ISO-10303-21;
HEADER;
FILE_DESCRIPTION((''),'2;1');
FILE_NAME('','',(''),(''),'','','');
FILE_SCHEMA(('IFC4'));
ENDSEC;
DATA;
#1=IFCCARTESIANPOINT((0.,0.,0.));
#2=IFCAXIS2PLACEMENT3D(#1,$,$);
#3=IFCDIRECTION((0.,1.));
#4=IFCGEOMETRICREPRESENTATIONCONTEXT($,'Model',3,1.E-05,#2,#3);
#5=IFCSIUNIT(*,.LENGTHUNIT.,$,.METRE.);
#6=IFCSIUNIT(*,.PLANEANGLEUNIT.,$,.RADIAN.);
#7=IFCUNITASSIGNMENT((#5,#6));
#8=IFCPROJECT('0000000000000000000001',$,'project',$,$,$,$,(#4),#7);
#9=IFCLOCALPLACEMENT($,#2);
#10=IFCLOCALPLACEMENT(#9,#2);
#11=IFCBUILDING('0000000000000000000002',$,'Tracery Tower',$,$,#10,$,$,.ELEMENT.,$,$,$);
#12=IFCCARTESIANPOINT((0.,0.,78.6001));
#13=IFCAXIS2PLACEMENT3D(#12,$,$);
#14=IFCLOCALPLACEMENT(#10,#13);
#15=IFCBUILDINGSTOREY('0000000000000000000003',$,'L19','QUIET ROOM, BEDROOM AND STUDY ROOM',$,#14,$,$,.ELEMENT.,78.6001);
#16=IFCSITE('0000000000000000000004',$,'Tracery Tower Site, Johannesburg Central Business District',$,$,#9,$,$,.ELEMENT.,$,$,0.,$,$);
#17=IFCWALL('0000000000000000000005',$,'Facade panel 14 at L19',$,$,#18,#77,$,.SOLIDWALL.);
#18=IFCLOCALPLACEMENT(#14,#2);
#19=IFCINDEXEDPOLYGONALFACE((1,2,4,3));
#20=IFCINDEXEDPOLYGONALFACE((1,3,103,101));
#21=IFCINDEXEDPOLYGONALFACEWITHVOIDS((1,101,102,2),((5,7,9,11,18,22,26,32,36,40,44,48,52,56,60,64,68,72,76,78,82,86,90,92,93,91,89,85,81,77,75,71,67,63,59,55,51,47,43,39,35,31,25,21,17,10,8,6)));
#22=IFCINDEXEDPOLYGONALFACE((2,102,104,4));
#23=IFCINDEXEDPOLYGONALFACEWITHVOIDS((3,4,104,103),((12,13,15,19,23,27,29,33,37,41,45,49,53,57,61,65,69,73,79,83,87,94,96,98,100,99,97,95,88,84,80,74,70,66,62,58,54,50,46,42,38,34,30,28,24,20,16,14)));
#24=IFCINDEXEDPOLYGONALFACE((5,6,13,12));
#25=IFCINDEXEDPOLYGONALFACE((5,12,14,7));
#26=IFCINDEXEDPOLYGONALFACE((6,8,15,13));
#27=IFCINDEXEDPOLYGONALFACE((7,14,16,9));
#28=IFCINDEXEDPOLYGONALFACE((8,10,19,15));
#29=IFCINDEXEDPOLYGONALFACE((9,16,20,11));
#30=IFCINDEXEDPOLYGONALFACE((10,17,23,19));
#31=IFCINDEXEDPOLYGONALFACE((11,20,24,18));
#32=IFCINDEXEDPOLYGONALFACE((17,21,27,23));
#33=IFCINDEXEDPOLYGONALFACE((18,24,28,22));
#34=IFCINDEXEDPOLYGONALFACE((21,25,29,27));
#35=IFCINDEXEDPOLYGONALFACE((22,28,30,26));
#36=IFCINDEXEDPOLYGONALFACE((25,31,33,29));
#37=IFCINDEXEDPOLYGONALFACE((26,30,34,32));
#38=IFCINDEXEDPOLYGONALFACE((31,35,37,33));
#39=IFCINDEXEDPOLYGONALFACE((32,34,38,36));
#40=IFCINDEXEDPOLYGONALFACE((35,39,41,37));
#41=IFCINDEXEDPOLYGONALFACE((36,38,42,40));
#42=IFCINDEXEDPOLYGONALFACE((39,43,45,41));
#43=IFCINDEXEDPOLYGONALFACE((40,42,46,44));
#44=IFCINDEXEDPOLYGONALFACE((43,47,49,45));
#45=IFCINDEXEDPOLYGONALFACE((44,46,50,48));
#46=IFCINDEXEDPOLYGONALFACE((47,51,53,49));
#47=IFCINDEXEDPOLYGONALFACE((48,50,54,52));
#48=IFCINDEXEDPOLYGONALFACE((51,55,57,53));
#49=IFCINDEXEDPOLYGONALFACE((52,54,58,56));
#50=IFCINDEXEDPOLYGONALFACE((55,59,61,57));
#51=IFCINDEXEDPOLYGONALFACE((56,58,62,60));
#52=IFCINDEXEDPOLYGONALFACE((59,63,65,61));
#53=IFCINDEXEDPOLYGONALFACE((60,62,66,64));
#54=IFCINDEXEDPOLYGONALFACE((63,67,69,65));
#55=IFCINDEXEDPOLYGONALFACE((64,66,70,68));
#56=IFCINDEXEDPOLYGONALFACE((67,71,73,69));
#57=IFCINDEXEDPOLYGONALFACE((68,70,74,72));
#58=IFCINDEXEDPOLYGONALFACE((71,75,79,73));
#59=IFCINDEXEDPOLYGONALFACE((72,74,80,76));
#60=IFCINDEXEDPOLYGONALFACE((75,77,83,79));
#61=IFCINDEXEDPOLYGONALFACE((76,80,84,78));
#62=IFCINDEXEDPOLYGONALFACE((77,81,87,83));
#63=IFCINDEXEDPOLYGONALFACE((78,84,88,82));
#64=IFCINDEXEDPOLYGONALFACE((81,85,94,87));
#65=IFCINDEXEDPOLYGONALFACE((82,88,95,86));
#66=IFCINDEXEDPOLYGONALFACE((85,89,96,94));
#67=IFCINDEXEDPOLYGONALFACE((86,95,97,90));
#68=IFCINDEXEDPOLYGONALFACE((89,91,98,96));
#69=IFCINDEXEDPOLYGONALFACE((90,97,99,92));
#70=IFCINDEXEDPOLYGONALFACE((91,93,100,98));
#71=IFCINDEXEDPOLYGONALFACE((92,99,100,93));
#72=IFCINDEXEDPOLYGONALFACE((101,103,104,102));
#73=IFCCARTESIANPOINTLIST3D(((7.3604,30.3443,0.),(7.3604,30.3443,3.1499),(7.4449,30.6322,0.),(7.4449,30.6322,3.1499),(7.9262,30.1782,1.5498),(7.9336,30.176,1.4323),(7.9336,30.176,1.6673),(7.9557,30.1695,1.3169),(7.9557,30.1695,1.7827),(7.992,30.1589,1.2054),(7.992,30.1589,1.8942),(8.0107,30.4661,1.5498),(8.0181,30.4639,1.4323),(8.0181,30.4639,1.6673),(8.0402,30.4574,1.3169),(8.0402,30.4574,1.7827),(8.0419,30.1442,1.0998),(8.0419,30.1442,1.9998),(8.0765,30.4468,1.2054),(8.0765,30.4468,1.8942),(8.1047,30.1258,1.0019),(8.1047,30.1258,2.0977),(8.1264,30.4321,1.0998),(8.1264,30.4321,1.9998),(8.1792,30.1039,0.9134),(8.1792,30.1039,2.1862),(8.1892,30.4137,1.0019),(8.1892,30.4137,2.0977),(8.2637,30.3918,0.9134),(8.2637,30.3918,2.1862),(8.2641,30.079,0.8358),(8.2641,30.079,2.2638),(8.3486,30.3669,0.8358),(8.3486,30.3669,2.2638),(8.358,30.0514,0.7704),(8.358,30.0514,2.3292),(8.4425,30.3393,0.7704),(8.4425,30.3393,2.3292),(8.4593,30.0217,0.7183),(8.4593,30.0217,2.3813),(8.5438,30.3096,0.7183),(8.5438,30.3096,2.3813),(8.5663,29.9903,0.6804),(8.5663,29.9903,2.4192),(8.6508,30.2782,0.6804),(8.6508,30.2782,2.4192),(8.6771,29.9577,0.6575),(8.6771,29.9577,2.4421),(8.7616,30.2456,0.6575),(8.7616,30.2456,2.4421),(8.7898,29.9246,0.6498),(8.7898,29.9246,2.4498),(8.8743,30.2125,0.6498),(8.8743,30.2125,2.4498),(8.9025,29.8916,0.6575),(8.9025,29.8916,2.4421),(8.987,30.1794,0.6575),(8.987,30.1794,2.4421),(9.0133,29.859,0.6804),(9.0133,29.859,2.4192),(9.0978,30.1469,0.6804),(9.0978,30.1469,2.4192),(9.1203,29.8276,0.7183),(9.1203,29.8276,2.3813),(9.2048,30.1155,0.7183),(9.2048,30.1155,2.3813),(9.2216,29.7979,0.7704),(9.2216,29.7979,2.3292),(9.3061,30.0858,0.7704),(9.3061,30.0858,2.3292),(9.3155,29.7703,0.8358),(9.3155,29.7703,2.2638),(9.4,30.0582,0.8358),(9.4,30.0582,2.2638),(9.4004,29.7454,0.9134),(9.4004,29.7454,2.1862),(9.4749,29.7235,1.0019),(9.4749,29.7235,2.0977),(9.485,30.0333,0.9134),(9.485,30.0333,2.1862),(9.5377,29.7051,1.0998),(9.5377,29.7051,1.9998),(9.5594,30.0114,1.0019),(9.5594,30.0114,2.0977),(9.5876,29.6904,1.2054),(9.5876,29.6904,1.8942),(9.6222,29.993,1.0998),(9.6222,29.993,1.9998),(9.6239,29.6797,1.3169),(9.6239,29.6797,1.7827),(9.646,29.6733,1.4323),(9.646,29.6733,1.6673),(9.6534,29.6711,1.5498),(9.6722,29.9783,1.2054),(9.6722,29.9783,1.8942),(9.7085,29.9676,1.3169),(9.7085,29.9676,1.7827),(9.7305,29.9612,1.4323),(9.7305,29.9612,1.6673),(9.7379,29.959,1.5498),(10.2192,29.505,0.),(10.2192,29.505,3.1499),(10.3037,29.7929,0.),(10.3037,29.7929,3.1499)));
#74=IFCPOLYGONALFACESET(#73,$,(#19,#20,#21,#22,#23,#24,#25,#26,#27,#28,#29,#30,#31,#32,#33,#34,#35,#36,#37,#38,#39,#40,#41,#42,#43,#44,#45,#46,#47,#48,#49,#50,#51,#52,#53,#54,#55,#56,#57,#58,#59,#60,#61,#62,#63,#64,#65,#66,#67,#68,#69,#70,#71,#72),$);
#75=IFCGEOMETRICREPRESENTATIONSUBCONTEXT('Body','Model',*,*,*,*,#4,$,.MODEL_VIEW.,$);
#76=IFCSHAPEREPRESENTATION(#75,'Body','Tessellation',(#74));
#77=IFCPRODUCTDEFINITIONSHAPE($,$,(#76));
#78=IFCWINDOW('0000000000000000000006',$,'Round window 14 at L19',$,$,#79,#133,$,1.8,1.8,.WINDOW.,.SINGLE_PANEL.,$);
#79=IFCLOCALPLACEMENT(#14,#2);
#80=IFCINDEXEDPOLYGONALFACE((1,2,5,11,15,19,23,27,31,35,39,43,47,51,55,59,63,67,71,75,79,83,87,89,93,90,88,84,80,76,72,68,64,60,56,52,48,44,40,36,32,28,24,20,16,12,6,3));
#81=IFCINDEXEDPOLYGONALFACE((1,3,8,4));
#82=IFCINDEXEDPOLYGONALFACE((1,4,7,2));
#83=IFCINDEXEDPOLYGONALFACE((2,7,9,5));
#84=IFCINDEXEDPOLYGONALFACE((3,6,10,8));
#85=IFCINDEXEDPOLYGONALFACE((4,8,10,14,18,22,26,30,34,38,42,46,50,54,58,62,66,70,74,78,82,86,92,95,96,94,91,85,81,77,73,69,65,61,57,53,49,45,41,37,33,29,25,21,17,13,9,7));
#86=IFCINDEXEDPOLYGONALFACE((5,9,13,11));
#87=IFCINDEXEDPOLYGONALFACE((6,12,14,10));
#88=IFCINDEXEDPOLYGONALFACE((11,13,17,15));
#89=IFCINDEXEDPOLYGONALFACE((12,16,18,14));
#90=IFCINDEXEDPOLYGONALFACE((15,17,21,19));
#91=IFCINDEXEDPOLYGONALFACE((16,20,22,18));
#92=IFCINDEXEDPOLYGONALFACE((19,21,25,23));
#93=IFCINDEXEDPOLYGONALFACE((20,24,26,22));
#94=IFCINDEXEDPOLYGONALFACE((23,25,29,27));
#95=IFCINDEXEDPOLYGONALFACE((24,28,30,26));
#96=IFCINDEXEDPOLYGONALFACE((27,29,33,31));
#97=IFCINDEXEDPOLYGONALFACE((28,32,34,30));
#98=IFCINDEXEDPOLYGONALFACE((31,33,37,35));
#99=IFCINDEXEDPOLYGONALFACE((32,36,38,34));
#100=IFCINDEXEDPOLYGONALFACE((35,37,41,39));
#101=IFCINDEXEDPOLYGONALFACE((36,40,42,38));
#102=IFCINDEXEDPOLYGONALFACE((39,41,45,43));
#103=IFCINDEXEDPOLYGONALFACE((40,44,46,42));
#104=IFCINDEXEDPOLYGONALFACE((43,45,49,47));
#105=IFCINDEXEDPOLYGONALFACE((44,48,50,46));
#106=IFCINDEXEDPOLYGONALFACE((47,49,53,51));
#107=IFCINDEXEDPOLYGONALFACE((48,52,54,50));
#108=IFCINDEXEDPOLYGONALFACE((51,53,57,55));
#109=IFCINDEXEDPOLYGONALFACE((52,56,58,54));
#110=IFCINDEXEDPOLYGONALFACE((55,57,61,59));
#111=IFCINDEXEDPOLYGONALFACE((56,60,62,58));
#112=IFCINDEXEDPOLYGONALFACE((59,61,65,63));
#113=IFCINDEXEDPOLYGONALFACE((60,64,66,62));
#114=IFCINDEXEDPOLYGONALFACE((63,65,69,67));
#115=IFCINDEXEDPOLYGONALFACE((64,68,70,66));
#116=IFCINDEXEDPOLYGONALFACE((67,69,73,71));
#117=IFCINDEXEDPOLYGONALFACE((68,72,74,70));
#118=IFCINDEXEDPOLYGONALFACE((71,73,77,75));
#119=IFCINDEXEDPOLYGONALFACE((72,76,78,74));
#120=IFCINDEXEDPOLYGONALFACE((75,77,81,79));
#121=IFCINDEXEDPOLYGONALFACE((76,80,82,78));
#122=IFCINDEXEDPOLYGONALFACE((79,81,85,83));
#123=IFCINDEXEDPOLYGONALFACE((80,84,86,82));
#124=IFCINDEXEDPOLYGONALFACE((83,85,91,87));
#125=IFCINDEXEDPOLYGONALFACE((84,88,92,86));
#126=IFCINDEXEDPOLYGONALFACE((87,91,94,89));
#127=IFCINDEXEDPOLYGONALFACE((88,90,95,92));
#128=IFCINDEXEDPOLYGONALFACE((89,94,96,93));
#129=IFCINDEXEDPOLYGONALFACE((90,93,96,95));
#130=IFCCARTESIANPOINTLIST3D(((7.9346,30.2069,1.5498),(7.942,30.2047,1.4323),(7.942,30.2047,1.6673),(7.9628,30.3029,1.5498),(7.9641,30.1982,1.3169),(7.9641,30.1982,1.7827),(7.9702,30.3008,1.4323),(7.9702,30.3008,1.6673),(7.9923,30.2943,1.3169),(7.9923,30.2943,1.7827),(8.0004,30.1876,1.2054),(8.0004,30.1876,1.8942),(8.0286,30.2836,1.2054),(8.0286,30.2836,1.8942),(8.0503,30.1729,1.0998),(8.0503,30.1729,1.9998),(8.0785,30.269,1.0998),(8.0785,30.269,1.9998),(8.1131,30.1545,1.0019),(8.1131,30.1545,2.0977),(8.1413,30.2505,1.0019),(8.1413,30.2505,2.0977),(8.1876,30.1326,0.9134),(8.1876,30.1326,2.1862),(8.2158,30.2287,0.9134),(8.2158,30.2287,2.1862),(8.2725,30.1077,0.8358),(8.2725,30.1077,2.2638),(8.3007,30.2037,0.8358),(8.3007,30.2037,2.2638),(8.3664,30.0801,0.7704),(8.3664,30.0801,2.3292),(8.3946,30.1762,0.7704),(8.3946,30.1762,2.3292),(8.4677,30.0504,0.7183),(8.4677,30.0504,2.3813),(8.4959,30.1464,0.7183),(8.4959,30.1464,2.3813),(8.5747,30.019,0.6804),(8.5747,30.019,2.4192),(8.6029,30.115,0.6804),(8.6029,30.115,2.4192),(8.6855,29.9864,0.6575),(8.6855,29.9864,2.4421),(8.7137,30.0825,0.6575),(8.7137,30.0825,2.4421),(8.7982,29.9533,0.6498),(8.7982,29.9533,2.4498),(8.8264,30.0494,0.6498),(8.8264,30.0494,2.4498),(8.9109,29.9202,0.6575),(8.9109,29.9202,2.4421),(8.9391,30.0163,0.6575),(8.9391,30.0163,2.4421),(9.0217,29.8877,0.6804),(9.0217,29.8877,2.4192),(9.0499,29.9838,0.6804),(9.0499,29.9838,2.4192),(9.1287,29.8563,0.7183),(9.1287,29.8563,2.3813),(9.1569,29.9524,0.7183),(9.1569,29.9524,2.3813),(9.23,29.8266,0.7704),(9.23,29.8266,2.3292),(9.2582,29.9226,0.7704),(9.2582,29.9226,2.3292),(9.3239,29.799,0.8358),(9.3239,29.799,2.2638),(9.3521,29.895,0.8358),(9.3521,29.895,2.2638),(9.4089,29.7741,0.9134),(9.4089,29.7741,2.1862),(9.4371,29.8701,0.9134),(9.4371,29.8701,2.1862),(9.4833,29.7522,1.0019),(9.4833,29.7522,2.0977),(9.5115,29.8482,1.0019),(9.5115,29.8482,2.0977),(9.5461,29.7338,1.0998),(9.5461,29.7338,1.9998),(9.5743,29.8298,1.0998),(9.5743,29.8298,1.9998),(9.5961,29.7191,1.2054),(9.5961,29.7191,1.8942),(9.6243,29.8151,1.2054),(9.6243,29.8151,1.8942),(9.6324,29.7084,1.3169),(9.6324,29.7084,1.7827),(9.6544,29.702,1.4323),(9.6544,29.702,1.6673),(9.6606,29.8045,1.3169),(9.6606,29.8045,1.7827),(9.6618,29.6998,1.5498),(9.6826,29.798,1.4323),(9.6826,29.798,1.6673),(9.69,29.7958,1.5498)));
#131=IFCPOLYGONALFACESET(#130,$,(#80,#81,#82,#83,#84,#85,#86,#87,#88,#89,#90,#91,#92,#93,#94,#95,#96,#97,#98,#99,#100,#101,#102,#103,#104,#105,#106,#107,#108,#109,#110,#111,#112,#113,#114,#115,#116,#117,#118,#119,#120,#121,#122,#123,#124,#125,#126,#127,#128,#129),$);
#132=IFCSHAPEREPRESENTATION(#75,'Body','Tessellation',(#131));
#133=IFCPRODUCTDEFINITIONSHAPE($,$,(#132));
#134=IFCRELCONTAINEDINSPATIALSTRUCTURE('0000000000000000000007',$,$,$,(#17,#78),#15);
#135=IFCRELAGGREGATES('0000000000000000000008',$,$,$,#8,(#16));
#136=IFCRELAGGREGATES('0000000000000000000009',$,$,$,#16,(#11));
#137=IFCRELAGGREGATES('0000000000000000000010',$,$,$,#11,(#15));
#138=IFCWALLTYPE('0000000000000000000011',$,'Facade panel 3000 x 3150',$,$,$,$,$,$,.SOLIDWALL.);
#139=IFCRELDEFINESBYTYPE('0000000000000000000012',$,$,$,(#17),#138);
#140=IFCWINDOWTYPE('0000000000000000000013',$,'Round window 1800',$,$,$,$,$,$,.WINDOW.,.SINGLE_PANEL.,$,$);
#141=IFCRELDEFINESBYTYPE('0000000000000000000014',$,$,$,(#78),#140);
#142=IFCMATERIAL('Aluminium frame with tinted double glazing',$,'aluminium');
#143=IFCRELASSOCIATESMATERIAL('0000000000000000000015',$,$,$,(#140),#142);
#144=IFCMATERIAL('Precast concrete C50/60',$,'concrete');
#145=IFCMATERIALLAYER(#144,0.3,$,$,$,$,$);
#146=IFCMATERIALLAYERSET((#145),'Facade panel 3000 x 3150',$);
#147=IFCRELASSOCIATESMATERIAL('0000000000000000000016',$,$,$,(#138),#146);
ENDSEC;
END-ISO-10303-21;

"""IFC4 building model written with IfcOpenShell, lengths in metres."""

from ifc_helpers import new_model, si_unit, direction, frame, frame_2d, origin, origin_2d, place, context, subcontext, project, spatial, rectangle, circle, extrude, material, layer, layer_set, type_object, element, fill, save


model = new_model("IFC4")

# Units and contexts
model_context = context("Model", 3, precision=1e-05, world=origin(), true_north=direction((0.0, 1.0)))
body_context = subcontext(model_context, "Body", "Model", "MODEL_VIEW")
ifc_project = project(units=[si_unit("LENGTHUNIT", "METRE"), si_unit("PLANEANGLEUNIT", "RADIAN")], contexts=[model_context])

# Site, building, storey
site_placement = place(None, origin())
site = spatial("IfcSite", under=ifc_project, at=site_placement, Name="Tracery Tower Site, Johannesburg Central Business District", CompositionType="ELEMENT", RefElevation=0.0)
building_placement = place(site_placement, origin())
building = spatial("IfcBuilding", under=site, at=building_placement, Name="Tracery Tower", CompositionType="ELEMENT")
storey_placement = place(building_placement, frame((0.0, 0.0, 78.6001)))
storey = spatial("IfcBuildingStorey", under=building, at=storey_placement, Name="L19", Description="QUIET ROOM, BEDROOM AND STUDY ROOM", CompositionType="ELEMENT", Elevation=78.6001)

# Wall, opening, window
ifc_material_1 = material(Name="Aluminium frame with tinted double glazing", Category="aluminium")
window_type = type_object("IfcWindowType", Name="Round window 1800", PartitioningType="SINGLE_PANEL", PredefinedType="WINDOW", material=ifc_material_1)
ifc_material_2 = material(Name="Precast concrete C50/60", Category="concrete")
ifc_layer_1 = layer(ifc_material_2, 0.3)
ifc_layer_set_1 = layer_set([ifc_layer_1], Name="Facade panel 3000 x 3150")
wall_type_1 = type_object("IfcWallType", Name="Facade panel 3000 x 3150", PredefinedType="SOLIDWALL", material=ifc_layer_set_1)
wall_1_placement = place(storey_placement, frame((10.2615, 29.6489, 0.0), z_axis=(0.0, 0.0, 1.0), x_axis=(-0.959501, 0.281705, 0.0)))
wall_1 = element("IfcWall", 1, at=wall_1_placement, inside=storey, type_object=wall_type_1, Name="Facade panel 14 at L19", PredefinedType="SOLIDWALL", context=body_context, shape_type="SweptSolid", body=[
    extrude(rectangle(XDim=2.9795, YDim=0.3, at=frame_2d((1.4897, 0.0))), origin(), (0.0, 0.0, 1.0), 3.1499),
])
opening_1_placement = place(wall_1_placement, frame((1.4897, 0.0, 1.5498)))
opening_1 = element("IfcOpeningElement", 2, at=opening_1_placement, cuts=wall_1, PredefinedType="OPENING", context=body_context, shape_type="SweptSolid", body=[
    extrude(circle(Radius=0.9, at=origin_2d()), frame((0.0, 0.1599, 0.0), z_axis=(0.0, -1.0, 0.0), x_axis=(1.0, 0.0, 0.0)), (0.0, 0.0, 1.0), 0.3201),
])
window_1_placement = place(opening_1_placement, origin())
window_1 = element("IfcWindow", 3, at=window_1_placement, inside=storey, type_object=window_type, Name="Round window 14 at L19", OverallHeight=1.8, OverallWidth=1.8, PartitioningType="SINGLE_PANEL", PredefinedType="WINDOW", context=body_context, shape_type="SweptSolid", body=[
    extrude(circle(Radius=0.9, at=origin_2d()), frame((0.0, 0.1201, 0.0), z_axis=(0.0, -1.0, 0.0), x_axis=(1.0, 0.0, 0.0)), (0.0, 0.0, 1.0), 0.1001),
])
fill(opening_1, window_1)

save(model, "model.ifc")
